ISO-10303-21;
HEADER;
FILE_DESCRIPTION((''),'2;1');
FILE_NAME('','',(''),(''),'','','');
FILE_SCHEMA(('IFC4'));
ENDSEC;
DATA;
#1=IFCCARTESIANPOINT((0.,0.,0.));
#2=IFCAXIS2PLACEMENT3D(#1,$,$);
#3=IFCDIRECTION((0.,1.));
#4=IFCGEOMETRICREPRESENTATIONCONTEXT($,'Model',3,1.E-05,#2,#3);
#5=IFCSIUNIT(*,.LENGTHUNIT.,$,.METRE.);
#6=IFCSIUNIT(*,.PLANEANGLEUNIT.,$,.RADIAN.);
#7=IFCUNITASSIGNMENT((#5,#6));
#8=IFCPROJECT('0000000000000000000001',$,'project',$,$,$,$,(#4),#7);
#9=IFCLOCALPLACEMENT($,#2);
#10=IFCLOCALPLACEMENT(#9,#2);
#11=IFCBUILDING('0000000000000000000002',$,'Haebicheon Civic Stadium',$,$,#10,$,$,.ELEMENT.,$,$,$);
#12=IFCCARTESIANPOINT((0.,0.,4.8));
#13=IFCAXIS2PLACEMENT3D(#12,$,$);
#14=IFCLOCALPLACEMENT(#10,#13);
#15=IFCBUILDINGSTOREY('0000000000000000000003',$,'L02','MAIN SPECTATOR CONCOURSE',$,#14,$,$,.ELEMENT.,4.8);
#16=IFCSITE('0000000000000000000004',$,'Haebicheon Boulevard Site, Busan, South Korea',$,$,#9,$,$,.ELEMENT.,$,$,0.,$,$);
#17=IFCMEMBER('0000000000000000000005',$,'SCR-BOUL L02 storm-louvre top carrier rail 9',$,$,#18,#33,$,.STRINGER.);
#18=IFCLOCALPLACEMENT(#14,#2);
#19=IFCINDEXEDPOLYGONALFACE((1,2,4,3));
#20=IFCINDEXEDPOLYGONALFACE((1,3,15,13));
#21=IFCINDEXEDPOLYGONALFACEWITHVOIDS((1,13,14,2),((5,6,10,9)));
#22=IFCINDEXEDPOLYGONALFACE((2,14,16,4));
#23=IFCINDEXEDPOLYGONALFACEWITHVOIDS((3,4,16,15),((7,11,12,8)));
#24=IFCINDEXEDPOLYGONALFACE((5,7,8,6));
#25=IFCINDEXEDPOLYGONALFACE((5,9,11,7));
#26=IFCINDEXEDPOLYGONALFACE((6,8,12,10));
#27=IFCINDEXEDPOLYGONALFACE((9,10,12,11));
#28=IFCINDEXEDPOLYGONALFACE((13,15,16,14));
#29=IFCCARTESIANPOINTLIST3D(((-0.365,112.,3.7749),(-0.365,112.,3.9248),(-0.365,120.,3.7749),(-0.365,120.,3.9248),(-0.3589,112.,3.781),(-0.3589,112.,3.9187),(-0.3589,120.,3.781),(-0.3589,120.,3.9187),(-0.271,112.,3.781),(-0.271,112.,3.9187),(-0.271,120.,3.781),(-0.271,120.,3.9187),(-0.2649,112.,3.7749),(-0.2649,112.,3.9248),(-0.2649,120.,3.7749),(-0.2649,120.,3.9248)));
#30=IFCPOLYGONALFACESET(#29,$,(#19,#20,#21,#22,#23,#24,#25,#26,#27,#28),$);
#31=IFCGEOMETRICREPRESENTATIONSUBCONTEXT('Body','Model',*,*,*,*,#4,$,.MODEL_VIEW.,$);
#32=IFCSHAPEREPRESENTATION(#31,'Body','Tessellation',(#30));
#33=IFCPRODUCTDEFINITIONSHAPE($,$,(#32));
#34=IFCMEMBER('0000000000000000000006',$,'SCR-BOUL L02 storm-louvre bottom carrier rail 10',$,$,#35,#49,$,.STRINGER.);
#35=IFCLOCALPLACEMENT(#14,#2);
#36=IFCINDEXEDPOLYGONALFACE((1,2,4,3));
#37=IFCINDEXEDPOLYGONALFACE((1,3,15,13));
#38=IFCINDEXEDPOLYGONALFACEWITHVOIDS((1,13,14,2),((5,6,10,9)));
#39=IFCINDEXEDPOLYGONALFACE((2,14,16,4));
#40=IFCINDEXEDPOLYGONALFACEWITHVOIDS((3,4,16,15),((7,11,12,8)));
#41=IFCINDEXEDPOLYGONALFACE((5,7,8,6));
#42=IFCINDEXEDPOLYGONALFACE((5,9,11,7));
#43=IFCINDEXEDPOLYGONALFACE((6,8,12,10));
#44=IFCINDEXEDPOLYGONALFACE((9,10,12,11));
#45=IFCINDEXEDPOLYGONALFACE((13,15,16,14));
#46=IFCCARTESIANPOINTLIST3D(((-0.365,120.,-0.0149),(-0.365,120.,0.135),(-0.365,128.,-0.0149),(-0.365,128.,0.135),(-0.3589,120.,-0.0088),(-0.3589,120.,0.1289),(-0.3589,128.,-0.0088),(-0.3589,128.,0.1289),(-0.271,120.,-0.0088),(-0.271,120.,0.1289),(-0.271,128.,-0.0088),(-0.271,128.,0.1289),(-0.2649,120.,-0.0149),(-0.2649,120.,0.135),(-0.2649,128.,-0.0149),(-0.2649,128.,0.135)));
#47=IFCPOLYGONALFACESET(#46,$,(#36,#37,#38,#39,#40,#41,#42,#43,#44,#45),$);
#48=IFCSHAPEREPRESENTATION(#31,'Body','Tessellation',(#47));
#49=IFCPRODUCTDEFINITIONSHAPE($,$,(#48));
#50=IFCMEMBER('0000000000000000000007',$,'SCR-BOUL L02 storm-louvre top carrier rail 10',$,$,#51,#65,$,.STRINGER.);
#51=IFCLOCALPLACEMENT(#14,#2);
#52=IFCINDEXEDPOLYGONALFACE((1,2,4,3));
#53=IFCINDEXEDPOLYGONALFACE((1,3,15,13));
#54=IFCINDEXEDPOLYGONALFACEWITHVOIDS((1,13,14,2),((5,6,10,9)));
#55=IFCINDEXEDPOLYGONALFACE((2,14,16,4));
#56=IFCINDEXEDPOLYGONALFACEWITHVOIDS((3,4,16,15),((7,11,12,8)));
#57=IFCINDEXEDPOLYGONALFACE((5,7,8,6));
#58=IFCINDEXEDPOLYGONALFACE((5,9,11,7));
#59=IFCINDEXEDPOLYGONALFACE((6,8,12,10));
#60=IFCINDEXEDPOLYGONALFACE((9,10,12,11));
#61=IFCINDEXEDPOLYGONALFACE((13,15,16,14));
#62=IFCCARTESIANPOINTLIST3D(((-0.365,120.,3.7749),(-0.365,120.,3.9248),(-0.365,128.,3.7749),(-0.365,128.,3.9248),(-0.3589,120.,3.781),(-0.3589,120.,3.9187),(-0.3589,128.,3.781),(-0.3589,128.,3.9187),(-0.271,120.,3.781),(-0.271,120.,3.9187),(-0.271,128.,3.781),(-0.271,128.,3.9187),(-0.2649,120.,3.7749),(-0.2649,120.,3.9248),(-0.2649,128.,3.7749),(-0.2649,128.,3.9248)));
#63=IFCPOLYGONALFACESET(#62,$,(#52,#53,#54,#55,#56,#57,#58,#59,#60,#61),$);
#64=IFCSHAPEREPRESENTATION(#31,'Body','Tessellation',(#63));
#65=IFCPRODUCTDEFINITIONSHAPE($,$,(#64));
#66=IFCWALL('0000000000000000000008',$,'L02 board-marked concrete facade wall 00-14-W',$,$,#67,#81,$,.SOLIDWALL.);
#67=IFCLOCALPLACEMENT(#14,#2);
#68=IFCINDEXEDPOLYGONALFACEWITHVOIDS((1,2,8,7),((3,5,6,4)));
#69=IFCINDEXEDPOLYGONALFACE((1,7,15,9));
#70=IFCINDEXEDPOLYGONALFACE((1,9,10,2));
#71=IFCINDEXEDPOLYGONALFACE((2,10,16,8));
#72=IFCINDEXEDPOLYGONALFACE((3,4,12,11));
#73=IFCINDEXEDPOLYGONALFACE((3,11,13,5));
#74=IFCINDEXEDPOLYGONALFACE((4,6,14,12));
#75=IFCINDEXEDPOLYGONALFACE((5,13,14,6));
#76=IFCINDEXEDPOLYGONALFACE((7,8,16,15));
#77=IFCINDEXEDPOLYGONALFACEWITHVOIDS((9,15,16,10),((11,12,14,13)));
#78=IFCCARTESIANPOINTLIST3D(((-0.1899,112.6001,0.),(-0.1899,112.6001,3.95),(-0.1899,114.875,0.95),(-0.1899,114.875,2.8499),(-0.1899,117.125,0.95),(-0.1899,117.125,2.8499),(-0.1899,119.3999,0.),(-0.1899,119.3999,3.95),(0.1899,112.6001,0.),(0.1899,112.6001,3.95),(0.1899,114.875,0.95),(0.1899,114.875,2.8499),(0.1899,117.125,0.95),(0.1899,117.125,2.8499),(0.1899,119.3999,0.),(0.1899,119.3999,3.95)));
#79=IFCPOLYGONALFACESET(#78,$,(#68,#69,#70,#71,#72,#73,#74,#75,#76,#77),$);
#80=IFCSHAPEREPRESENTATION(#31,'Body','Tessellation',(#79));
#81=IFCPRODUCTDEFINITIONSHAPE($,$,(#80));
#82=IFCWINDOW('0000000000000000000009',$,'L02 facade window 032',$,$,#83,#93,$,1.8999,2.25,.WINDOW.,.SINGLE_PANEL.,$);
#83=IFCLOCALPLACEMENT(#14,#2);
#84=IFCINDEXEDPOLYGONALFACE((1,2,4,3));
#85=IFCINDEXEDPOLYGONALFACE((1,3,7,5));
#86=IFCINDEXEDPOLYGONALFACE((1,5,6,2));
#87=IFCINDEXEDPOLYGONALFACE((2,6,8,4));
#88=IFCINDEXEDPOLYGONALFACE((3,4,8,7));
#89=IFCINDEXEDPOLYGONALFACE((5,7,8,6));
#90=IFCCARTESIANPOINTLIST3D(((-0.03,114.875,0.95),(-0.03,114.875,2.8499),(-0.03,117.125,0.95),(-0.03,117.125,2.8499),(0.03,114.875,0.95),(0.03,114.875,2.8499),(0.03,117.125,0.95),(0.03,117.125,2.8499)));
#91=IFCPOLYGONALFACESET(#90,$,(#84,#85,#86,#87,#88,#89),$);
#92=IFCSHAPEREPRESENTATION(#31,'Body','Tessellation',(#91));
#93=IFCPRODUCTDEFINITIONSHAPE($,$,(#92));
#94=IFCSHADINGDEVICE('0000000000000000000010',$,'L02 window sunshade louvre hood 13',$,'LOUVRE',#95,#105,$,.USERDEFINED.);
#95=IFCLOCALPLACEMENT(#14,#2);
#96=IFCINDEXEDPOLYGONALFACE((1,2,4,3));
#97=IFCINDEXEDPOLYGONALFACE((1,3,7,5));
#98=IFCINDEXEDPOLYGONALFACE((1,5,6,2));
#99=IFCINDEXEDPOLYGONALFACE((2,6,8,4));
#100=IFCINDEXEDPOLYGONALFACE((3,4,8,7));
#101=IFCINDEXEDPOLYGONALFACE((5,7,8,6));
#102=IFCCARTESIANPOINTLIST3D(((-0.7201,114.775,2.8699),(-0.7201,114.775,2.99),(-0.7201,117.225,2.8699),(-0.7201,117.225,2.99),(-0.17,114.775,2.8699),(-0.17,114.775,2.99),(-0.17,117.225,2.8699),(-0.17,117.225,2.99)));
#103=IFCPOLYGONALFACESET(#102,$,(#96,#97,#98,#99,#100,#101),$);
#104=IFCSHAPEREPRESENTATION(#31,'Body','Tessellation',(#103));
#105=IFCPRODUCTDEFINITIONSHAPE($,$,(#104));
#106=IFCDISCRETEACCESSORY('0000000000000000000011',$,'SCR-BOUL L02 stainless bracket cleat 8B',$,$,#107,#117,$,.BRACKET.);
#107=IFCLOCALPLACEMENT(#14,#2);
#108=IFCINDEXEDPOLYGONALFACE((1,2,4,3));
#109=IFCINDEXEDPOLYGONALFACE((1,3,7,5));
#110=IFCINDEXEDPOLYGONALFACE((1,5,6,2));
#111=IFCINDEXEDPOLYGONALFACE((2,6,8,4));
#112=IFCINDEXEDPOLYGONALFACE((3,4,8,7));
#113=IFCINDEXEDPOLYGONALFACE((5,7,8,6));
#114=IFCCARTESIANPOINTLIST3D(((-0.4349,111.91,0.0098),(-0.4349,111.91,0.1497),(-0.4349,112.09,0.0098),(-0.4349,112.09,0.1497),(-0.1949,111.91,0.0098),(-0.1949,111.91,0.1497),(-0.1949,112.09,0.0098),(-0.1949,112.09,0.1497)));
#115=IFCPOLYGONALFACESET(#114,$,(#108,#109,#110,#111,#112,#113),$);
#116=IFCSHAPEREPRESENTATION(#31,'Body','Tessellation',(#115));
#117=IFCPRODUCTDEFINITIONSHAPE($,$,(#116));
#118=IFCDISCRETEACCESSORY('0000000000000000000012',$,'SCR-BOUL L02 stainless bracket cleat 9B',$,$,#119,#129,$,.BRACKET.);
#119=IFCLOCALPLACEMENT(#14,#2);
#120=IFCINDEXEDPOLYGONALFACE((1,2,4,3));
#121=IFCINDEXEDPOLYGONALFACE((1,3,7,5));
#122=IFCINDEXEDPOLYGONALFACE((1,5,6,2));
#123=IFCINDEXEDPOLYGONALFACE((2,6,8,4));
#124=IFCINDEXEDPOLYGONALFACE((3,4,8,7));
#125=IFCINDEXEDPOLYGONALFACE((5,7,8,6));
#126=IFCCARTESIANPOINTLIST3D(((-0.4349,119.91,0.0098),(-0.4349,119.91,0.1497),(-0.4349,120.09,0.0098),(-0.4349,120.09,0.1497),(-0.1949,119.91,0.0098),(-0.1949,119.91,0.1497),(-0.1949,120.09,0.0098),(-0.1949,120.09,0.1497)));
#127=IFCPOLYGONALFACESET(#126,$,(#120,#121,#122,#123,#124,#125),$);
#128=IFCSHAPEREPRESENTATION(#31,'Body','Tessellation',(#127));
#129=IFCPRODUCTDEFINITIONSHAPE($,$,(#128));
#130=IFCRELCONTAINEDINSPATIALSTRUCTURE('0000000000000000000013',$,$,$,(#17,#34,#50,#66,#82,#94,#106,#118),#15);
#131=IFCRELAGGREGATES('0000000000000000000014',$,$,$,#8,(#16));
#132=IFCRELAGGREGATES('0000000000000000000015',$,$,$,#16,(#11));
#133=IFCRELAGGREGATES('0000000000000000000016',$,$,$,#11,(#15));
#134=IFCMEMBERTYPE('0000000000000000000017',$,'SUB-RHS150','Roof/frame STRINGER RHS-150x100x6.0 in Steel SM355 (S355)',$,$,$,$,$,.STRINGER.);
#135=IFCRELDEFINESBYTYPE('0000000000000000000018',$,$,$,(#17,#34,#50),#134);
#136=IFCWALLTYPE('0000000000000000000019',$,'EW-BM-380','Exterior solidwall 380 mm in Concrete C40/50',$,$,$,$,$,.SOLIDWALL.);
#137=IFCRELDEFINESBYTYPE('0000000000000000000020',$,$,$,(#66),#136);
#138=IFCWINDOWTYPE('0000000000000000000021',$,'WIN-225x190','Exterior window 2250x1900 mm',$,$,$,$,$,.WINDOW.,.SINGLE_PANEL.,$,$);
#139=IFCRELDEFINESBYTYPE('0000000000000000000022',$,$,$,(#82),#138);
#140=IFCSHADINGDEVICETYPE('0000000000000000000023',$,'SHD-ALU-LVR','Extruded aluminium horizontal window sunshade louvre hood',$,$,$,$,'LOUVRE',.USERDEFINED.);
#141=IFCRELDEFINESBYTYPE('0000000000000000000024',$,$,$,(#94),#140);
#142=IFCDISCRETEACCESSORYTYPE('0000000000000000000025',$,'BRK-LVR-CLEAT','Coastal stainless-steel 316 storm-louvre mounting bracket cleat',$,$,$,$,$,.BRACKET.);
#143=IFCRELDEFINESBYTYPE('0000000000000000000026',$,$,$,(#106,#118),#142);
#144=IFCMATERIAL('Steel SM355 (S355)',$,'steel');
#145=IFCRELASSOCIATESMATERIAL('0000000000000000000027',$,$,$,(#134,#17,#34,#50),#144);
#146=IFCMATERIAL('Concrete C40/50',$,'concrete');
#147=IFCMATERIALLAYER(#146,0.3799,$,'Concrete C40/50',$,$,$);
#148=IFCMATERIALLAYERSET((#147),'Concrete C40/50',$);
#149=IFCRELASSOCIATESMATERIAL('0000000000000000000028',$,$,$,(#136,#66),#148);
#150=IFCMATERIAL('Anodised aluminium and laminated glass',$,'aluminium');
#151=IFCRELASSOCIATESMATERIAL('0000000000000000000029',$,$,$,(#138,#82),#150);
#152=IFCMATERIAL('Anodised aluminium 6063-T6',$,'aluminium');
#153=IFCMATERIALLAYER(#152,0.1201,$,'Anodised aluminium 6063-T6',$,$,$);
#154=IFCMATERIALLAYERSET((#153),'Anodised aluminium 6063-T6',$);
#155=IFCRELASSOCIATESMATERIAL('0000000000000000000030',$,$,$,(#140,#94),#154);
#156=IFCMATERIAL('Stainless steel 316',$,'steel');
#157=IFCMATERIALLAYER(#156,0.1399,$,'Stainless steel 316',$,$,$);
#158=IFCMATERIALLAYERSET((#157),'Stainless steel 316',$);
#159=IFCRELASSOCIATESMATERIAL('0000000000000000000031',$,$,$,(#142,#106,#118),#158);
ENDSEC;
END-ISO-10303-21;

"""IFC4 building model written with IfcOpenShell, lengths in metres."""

from ifc_helpers import new_model, si_unit, direction, frame, frame_2d, origin, origin_2d, place, context, subcontext, project, spatial, rectangle, hollow_rectangle, extrude, material, layer, layer_set, material_profile, profile_set, type_object, element, fill, save


model = new_model("IFC4")

# Units and contexts
model_context = context("Model", 3, precision=1e-05, world=origin(), true_north=direction((0.0, 1.0)))
body_context = subcontext(model_context, "Body", "Model", "MODEL_VIEW")
ifc_project = project(units=[si_unit("LENGTHUNIT", "METRE"), si_unit("PLANEANGLEUNIT", "RADIAN")], contexts=[model_context])

# Site, building, storey
site_placement = place(None, origin())
site = spatial("IfcSite", under=ifc_project, at=site_placement, Name="Haebicheon Boulevard Site, Busan, South Korea", CompositionType="ELEMENT", RefElevation=0.0)
building_placement = place(site_placement, origin())
building = spatial("IfcBuilding", under=site, at=building_placement, Name="Haebicheon Civic Stadium", CompositionType="ELEMENT")
storey_placement = place(building_placement, frame((0.0, 0.0, 4.8)))
storey = spatial("IfcBuildingStorey", under=building, at=storey_placement, Name="L02", Description="MAIN SPECTATOR CONCOURSE", CompositionType="ELEMENT", Elevation=4.8)

# Members
ifc_material_1 = material(Name="Steel SM355 (S355)", Category="steel")
ifc_material_profile_1 = material_profile(ifc_material_1, hollow_rectangle(XDim=0.1001, YDim=0.1499, WallThickness=0.0061, at=origin_2d()), Name="RHS-150x100x6.0")
ifc_profile_set_1 = profile_set([ifc_material_profile_1], Name="Steel SM355 (S355)")
member_type_1 = type_object("IfcMemberType", Name="SUB-RHS150", Description="Roof/frame STRINGER RHS-150x100x6.0 in Steel SM355 (S355)", PredefinedType="STRINGER", material=ifc_profile_set_1)
for number, where, z_axis, x_axis, name in (
    (1, (-0.3149, 112.0, 3.8499), (0.0, 1.0, 0.0), (-1.0, 0.0, 0.0), "SCR-BOUL L02 storm-louvre top carrier rail 9"),
    (2, (-0.3149, 120.0, 0.0601), (0.0, 1.0, 0.0), (-1.0, 0.0, 0.0), "SCR-BOUL L02 storm-louvre bottom carrier rail 10"),
    (3, (-0.3149, 120.0, 3.8499), (0.0, 1.0, 0.0), (-1.0, 0.0, 0.0), "SCR-BOUL L02 storm-louvre top carrier rail 10"),
):
    element("IfcMember", number, at=place(storey_placement, frame(where, z_axis=z_axis, x_axis=x_axis)), inside=storey, type_object=member_type_1, material=ifc_profile_set_1, Name=name, PredefinedType="STRINGER", context=body_context, shape_type="SweptSolid", body=[
        extrude(hollow_rectangle(XDim=0.1001, YDim=0.1499, WallThickness=0.0061, at=origin_2d()), origin(), (0.0, 0.0, 1.0), 8.0),
    ])

# Wall, opening, window
ifc_material_2 = material(Name="Concrete C40/50", Category="concrete")
ifc_layer_1 = layer(ifc_material_2, 0.3799, Name="Concrete C40/50")
ifc_layer_set_1 = layer_set([ifc_layer_1], Name="Concrete C40/50")
wall_type = type_object("IfcWallType", Name="EW-BM-380", Description="Exterior solidwall 380 mm in Concrete C40/50", PredefinedType="SOLIDWALL", material=ifc_layer_set_1)
wall_placement = place(storey_placement, frame((0.0, 112.6001, 0.0), z_axis=(0.0, 0.0, 1.0), x_axis=(0.0, 1.0, 0.0)))
wall = element("IfcWall", 4, at=wall_placement, inside=storey, type_object=wall_type, material=ifc_layer_set_1, Name="L02 board-marked concrete facade wall 00-14-W", PredefinedType="SOLIDWALL", context=body_context, shape_type="SweptSolid", body=[
    extrude(rectangle(XDim=6.7998, YDim=0.3799, at=frame_2d((3.3999, 0.0))), origin(), (0.0, 0.0, 1.0), 3.95),
])
opening_placement = place(wall_placement, frame((2.2749, 0.0, 0.95)))
opening = element("IfcOpeningElement", 5, at=opening_placement, cuts=wall, PredefinedType="OPENING", context=body_context, shape_type="SweptSolid", body=[
    extrude(rectangle(XDim=2.25, YDim=1.8999, at=frame_2d((1.125, 0.95))), frame((0.0, 0.2, 0.0), z_axis=(0.0, -1.0, 0.0), x_axis=(1.0, 0.0, 0.0)), (0.0, 0.0, 1.0), 0.3999),
])
ifc_material_3 = material(Name="Anodised aluminium and laminated glass", Category="aluminium")
window_type = type_object("IfcWindowType", Name="WIN-225x190", Description="Exterior window 2250x1900 mm", PartitioningType="SINGLE_PANEL", PredefinedType="WINDOW", material=ifc_material_3)
window_placement = place(opening_placement, origin())
window = element("IfcWindow", 6, at=window_placement, inside=storey, type_object=window_type, material=ifc_material_3, Name="L02 facade window 032", OverallHeight=1.8999, OverallWidth=2.25, PartitioningType="SINGLE_PANEL", PredefinedType="WINDOW", context=body_context, shape_type="SweptSolid", body=[
    extrude(rectangle(XDim=2.25, YDim=1.8999, at=frame_2d((1.125, 0.95))), frame((0.0, 0.03, 0.0), z_axis=(0.0, -1.0, 0.0), x_axis=(1.0, 0.0, 0.0)), (0.0, 0.0, 1.0), 0.0601),
])
fill(opening, window)

# Shading device
ifc_material_4 = material(Name="Anodised aluminium 6063-T6", Category="aluminium")
ifc_layer_2 = layer(ifc_material_4, 0.1201, Name="Anodised aluminium 6063-T6")
ifc_layer_set_2 = layer_set([ifc_layer_2], Name="Anodised aluminium 6063-T6")
shading_device_type = type_object("IfcShadingDeviceType", Name="SHD-ALU-LVR", Description="Extruded aluminium horizontal window sunshade louvre hood", ElementType="LOUVRE", PredefinedType="USERDEFINED", material=ifc_layer_set_2)
shading_device_placement = place(storey_placement, frame((-0.4451, 116.0, 2.8699), z_axis=(0.0, 0.0, 1.0), x_axis=(1.0, 0.0, 0.0)))
element("IfcShadingDevice", 7, at=shading_device_placement, inside=storey, type_object=shading_device_type, material=ifc_layer_set_2, Name="L02 window sunshade louvre hood 13", ObjectType="LOUVRE", PredefinedType="USERDEFINED", context=body_context, shape_type="SweptSolid", body=[
    extrude(rectangle(XDim=0.55, YDim=2.45, at=origin_2d()), origin(), (0.0, 0.0, 1.0), 0.1201),
])

# Discrete accessories
ifc_material_5 = material(Name="Stainless steel 316", Category="steel")
ifc_layer_3 = layer(ifc_material_5, 0.1399, Name="Stainless steel 316")
ifc_layer_set_3 = layer_set([ifc_layer_3], Name="Stainless steel 316")
discrete_accessory_type = type_object("IfcDiscreteAccessoryType", Name="BRK-LVR-CLEAT", Description="Coastal stainless-steel 316 storm-louvre mounting bracket cleat", PredefinedType="BRACKET", material=ifc_layer_set_3)
for number, where, z_axis, x_axis, name in (
    (8, (-0.3149, 112.0, 0.0098), (0.0, 0.0, 1.0), (1.0, 0.0, 0.0), "SCR-BOUL L02 stainless bracket cleat 8B"),
    (9, (-0.3149, 120.0, 0.0098), (0.0, 0.0, 1.0), (1.0, 0.0, 0.0), "SCR-BOUL L02 stainless bracket cleat 9B"),
):
    element("IfcDiscreteAccessory", number, at=place(storey_placement, frame(where, z_axis=z_axis, x_axis=x_axis)), inside=storey, type_object=discrete_accessory_type, material=ifc_layer_set_3, Name=name, PredefinedType="BRACKET", context=body_context, shape_type="SweptSolid", body=[
        extrude(rectangle(XDim=0.24, YDim=0.1799, at=origin_2d()), origin(), (0.0, 0.0, 1.0), 0.1399),
    ])

save(model, "model.ifc")
